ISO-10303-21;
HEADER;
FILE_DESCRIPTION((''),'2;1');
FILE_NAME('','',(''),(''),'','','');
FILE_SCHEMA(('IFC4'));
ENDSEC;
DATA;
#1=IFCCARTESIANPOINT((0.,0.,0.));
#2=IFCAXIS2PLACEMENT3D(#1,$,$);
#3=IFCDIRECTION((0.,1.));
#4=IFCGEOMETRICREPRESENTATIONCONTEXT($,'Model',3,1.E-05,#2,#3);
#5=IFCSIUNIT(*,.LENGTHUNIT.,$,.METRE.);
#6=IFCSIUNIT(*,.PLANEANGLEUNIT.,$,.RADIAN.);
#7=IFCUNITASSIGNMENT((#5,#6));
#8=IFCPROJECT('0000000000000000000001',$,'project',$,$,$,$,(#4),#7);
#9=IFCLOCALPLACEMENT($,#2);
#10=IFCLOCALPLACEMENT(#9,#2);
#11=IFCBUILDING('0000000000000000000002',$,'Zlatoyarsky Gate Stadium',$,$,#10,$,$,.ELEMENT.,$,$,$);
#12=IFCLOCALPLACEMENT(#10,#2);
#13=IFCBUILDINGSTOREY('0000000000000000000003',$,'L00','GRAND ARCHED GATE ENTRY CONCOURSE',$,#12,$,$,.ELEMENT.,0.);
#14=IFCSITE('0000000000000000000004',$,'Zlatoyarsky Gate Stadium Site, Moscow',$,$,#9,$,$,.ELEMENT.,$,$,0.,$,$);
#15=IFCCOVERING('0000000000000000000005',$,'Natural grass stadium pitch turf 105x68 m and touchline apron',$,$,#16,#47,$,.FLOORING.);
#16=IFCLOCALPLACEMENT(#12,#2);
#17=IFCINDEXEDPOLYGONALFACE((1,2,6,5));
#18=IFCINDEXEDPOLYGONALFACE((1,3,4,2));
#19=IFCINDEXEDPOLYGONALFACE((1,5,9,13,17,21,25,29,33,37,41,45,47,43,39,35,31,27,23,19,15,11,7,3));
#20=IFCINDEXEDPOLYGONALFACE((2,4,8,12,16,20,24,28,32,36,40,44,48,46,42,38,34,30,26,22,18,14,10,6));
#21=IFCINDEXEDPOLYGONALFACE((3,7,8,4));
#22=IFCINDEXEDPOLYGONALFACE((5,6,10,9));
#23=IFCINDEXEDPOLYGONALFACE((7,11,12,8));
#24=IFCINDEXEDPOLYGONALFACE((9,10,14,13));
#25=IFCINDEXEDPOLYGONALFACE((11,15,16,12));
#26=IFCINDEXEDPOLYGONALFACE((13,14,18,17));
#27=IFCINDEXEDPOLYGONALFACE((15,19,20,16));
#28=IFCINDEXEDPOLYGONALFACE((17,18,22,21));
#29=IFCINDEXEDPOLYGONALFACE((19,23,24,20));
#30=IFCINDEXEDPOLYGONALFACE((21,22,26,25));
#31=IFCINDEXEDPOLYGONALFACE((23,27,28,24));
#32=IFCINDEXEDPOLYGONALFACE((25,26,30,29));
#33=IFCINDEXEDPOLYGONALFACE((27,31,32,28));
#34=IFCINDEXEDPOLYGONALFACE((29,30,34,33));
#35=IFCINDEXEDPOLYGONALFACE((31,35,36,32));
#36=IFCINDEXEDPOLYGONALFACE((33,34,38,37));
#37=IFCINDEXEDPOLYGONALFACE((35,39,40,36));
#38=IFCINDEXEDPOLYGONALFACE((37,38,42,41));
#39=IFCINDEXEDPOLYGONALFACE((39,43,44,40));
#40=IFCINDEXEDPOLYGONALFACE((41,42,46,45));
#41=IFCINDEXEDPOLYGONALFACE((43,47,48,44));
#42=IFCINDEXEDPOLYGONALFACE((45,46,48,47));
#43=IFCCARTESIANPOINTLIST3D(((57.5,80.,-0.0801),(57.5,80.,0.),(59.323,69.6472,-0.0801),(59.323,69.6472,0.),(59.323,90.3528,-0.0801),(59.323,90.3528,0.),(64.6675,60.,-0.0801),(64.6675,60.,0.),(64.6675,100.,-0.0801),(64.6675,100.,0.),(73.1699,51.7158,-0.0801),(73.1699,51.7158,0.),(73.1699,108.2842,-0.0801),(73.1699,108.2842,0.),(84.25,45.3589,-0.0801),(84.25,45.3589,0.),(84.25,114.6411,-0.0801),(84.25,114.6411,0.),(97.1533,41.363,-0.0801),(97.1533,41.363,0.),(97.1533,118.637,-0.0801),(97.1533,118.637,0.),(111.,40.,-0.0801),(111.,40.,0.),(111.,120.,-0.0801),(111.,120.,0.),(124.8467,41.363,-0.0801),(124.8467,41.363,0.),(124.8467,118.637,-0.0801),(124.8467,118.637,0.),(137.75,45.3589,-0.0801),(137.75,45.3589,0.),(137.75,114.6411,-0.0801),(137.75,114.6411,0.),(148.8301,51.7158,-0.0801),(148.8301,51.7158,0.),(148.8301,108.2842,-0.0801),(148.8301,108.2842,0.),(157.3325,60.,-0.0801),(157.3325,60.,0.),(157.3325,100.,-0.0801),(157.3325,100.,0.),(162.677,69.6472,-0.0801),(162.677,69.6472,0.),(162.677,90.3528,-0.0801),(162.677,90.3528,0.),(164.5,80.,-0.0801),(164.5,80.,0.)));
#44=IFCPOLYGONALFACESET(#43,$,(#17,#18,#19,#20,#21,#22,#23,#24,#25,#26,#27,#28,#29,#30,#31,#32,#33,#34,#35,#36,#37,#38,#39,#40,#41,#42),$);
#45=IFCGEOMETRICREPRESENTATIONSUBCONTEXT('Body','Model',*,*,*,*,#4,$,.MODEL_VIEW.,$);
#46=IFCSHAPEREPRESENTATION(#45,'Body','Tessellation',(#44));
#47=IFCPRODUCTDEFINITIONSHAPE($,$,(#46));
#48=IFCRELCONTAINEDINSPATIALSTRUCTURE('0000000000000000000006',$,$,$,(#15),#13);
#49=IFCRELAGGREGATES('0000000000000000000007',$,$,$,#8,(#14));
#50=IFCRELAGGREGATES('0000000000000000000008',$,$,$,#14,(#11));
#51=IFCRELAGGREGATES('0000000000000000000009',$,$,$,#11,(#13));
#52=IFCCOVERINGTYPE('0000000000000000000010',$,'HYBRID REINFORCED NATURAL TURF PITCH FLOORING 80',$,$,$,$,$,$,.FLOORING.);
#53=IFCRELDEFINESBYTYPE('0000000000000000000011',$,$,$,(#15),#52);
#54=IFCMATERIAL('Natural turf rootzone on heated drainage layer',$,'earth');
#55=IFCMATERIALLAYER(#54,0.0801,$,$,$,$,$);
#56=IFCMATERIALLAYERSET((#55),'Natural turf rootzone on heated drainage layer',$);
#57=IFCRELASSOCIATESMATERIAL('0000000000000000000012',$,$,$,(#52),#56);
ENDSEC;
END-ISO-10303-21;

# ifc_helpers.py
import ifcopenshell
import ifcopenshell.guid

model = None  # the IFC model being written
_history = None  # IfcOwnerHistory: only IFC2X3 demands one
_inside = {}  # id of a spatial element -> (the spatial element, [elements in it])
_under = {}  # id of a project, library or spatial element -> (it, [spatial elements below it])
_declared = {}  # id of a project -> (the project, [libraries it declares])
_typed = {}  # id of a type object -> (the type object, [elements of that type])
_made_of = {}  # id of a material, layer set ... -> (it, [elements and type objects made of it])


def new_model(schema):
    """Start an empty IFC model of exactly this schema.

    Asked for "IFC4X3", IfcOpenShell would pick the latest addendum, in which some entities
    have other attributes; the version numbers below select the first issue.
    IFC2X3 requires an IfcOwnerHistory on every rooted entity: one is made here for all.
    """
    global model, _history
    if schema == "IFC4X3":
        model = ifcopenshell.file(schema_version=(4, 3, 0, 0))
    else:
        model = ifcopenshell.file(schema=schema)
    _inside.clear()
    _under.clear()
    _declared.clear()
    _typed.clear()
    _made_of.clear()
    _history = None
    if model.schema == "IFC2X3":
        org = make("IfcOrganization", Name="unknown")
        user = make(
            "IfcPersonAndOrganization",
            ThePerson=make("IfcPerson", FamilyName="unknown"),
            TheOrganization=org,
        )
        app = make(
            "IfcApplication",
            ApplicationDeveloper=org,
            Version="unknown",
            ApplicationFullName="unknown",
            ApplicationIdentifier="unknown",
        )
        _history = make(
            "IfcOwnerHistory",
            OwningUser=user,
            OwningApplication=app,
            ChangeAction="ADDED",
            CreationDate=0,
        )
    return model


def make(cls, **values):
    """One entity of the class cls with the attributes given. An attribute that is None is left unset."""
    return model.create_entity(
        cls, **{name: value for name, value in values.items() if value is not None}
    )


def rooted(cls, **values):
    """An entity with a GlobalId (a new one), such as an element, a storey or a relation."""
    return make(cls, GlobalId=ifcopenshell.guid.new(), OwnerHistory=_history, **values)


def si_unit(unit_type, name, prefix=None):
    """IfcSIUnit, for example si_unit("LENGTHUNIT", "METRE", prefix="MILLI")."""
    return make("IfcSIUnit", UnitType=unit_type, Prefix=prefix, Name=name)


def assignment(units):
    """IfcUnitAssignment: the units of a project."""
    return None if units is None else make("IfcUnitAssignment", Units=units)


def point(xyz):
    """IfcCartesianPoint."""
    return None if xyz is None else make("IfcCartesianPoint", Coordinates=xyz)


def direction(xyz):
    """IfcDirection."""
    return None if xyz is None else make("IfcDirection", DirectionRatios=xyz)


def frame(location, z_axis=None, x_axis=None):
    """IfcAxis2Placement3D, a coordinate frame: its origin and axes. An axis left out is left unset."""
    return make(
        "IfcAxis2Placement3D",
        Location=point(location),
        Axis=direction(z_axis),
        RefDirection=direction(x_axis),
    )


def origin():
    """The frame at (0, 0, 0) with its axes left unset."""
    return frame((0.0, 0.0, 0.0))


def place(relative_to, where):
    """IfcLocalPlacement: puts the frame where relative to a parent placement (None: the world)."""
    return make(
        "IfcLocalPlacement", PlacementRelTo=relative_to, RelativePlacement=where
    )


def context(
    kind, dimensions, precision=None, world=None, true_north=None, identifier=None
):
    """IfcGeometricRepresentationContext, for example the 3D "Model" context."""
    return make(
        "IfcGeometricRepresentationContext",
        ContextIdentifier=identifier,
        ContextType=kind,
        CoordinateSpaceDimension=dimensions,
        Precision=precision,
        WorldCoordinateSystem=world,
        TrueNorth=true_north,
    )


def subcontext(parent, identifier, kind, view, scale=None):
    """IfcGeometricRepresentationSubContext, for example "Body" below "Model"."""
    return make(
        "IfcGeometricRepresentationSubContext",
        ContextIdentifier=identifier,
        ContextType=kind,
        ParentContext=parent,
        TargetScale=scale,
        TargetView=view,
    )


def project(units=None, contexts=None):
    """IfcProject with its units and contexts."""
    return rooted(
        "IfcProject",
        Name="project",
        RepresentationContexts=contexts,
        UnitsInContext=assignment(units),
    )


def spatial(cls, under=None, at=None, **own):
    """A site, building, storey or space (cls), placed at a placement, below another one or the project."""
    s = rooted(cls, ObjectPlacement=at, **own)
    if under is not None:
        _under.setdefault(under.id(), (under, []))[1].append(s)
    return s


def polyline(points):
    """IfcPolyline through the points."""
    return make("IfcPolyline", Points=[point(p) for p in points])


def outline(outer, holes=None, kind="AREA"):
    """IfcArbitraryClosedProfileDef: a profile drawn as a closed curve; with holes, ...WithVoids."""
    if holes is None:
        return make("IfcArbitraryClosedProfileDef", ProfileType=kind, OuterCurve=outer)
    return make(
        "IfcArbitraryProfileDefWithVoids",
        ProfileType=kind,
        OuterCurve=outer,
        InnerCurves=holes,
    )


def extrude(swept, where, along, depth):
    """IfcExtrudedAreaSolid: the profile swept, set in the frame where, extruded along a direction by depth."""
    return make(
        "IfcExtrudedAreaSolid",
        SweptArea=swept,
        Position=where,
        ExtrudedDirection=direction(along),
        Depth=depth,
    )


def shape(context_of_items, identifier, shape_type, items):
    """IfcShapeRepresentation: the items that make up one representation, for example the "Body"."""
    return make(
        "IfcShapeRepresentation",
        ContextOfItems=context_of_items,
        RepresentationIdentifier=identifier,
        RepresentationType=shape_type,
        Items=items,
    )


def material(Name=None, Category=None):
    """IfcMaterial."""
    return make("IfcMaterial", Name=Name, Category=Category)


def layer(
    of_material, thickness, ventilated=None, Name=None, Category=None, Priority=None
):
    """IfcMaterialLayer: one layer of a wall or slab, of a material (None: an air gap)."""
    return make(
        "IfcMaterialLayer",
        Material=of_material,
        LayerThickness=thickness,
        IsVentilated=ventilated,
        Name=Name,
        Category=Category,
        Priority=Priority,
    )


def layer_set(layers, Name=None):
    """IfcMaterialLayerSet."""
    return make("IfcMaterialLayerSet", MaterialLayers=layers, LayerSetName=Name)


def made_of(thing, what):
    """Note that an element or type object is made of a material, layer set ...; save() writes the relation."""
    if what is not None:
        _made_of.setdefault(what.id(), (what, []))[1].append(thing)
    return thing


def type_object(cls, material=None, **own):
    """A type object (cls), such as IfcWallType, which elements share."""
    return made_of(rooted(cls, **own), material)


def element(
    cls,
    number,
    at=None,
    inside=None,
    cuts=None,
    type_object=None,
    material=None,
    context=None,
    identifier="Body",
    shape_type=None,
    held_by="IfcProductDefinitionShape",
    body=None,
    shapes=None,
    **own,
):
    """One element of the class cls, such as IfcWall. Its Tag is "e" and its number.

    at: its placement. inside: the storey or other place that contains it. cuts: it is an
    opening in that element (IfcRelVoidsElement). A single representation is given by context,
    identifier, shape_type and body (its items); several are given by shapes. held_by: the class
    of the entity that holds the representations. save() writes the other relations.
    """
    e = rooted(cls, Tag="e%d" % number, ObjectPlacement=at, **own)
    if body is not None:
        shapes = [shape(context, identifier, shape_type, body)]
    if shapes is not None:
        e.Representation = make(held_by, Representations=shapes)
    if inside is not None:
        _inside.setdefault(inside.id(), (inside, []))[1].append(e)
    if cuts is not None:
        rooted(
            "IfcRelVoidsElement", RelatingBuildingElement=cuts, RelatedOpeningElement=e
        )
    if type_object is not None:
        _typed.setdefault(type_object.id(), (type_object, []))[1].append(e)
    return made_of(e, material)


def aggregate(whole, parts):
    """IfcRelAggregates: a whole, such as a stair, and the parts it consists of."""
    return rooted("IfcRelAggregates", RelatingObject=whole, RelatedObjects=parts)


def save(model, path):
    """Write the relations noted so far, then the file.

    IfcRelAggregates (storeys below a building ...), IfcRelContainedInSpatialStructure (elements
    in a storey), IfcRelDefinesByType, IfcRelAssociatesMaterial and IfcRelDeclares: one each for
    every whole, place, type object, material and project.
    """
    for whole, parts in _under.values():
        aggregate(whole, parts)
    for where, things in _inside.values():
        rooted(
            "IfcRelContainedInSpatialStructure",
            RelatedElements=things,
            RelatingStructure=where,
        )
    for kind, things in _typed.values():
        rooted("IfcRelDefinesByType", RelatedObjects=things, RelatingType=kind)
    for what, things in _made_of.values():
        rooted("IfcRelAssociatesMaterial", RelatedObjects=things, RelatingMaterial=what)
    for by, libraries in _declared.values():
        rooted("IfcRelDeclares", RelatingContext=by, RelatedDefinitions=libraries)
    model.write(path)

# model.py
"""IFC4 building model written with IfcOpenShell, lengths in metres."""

from ifc_helpers import new_model, si_unit, direction, frame, origin, place, context, subcontext, project, spatial, polyline, outline, extrude, material, layer, layer_set, type_object, element, save


model = new_model("IFC4")

# Units and contexts
model_context = context("Model", 3, precision=1e-05, world=origin(), true_north=direction((0.0, 1.0)))
body_context = subcontext(model_context, "Body", "Model", "MODEL_VIEW")
ifc_project = project(units=[si_unit("LENGTHUNIT", "METRE"), si_unit("PLANEANGLEUNIT", "RADIAN")], contexts=[model_context])

# Site, building, storey
site_placement = place(None, origin())
site = spatial("IfcSite", under=ifc_project, at=site_placement, Name="Zlatoyarsky Gate Stadium Site, Moscow", CompositionType="ELEMENT", RefElevation=0.0)
building_placement = place(site_placement, origin())
building = spatial("IfcBuilding", under=site, at=building_placement, Name="Zlatoyarsky Gate Stadium", CompositionType="ELEMENT")
storey_placement = place(building_placement, origin())
storey = spatial("IfcBuildingStorey", under=building, at=storey_placement, Name="L00", Description="GRAND ARCHED GATE ENTRY CONCOURSE", CompositionType="ELEMENT", Elevation=0.0)

# Covering
ifc_material_1 = material(Name="Natural turf rootzone on heated drainage layer", Category="earth")
ifc_layer_1 = layer(ifc_material_1, 0.0801)
ifc_layer_set_1 = layer_set([ifc_layer_1], Name="Natural turf rootzone on heated drainage layer")
covering_type = type_object("IfcCoveringType", Name="HYBRID REINFORCED NATURAL TURF PITCH FLOORING 80", PredefinedType="FLOORING", material=ifc_layer_set_1)
covering_placement = place(storey_placement, frame((0.0, 0.0, -0.0801)))
element("IfcCovering", 1, at=covering_placement, inside=storey, type_object=covering_type, Name="Natural grass stadium pitch turf 105x68 m and touchline apron", PredefinedType="FLOORING", context=body_context, shape_type="SweptSolid", body=[
    extrude(outline(polyline([(164.5, 80.0), (162.677, 90.3528), (157.3325, 100.0), (148.8301, 108.2842), (137.75, 114.6411), (124.8467, 118.637), (111.0, 120.0), (97.1533, 118.637), (84.25, 114.6411), (73.1699, 108.2842), (64.6675, 100.0), (59.323, 90.3528), (57.5, 80.0), (59.323, 69.6472), (64.6675, 60.0), (73.1699, 51.7158), (84.25, 45.3589), (97.1533, 41.363), (111.0, 40.0), (124.8467, 41.363), (137.75, 45.3589), (148.8301, 51.7158), (157.3325, 60.0), (162.677, 69.6472), (164.5, 80.0)])), origin(), (0.0, 0.0, 1.0), 0.0801),
])

save(model, "model.ifc")
